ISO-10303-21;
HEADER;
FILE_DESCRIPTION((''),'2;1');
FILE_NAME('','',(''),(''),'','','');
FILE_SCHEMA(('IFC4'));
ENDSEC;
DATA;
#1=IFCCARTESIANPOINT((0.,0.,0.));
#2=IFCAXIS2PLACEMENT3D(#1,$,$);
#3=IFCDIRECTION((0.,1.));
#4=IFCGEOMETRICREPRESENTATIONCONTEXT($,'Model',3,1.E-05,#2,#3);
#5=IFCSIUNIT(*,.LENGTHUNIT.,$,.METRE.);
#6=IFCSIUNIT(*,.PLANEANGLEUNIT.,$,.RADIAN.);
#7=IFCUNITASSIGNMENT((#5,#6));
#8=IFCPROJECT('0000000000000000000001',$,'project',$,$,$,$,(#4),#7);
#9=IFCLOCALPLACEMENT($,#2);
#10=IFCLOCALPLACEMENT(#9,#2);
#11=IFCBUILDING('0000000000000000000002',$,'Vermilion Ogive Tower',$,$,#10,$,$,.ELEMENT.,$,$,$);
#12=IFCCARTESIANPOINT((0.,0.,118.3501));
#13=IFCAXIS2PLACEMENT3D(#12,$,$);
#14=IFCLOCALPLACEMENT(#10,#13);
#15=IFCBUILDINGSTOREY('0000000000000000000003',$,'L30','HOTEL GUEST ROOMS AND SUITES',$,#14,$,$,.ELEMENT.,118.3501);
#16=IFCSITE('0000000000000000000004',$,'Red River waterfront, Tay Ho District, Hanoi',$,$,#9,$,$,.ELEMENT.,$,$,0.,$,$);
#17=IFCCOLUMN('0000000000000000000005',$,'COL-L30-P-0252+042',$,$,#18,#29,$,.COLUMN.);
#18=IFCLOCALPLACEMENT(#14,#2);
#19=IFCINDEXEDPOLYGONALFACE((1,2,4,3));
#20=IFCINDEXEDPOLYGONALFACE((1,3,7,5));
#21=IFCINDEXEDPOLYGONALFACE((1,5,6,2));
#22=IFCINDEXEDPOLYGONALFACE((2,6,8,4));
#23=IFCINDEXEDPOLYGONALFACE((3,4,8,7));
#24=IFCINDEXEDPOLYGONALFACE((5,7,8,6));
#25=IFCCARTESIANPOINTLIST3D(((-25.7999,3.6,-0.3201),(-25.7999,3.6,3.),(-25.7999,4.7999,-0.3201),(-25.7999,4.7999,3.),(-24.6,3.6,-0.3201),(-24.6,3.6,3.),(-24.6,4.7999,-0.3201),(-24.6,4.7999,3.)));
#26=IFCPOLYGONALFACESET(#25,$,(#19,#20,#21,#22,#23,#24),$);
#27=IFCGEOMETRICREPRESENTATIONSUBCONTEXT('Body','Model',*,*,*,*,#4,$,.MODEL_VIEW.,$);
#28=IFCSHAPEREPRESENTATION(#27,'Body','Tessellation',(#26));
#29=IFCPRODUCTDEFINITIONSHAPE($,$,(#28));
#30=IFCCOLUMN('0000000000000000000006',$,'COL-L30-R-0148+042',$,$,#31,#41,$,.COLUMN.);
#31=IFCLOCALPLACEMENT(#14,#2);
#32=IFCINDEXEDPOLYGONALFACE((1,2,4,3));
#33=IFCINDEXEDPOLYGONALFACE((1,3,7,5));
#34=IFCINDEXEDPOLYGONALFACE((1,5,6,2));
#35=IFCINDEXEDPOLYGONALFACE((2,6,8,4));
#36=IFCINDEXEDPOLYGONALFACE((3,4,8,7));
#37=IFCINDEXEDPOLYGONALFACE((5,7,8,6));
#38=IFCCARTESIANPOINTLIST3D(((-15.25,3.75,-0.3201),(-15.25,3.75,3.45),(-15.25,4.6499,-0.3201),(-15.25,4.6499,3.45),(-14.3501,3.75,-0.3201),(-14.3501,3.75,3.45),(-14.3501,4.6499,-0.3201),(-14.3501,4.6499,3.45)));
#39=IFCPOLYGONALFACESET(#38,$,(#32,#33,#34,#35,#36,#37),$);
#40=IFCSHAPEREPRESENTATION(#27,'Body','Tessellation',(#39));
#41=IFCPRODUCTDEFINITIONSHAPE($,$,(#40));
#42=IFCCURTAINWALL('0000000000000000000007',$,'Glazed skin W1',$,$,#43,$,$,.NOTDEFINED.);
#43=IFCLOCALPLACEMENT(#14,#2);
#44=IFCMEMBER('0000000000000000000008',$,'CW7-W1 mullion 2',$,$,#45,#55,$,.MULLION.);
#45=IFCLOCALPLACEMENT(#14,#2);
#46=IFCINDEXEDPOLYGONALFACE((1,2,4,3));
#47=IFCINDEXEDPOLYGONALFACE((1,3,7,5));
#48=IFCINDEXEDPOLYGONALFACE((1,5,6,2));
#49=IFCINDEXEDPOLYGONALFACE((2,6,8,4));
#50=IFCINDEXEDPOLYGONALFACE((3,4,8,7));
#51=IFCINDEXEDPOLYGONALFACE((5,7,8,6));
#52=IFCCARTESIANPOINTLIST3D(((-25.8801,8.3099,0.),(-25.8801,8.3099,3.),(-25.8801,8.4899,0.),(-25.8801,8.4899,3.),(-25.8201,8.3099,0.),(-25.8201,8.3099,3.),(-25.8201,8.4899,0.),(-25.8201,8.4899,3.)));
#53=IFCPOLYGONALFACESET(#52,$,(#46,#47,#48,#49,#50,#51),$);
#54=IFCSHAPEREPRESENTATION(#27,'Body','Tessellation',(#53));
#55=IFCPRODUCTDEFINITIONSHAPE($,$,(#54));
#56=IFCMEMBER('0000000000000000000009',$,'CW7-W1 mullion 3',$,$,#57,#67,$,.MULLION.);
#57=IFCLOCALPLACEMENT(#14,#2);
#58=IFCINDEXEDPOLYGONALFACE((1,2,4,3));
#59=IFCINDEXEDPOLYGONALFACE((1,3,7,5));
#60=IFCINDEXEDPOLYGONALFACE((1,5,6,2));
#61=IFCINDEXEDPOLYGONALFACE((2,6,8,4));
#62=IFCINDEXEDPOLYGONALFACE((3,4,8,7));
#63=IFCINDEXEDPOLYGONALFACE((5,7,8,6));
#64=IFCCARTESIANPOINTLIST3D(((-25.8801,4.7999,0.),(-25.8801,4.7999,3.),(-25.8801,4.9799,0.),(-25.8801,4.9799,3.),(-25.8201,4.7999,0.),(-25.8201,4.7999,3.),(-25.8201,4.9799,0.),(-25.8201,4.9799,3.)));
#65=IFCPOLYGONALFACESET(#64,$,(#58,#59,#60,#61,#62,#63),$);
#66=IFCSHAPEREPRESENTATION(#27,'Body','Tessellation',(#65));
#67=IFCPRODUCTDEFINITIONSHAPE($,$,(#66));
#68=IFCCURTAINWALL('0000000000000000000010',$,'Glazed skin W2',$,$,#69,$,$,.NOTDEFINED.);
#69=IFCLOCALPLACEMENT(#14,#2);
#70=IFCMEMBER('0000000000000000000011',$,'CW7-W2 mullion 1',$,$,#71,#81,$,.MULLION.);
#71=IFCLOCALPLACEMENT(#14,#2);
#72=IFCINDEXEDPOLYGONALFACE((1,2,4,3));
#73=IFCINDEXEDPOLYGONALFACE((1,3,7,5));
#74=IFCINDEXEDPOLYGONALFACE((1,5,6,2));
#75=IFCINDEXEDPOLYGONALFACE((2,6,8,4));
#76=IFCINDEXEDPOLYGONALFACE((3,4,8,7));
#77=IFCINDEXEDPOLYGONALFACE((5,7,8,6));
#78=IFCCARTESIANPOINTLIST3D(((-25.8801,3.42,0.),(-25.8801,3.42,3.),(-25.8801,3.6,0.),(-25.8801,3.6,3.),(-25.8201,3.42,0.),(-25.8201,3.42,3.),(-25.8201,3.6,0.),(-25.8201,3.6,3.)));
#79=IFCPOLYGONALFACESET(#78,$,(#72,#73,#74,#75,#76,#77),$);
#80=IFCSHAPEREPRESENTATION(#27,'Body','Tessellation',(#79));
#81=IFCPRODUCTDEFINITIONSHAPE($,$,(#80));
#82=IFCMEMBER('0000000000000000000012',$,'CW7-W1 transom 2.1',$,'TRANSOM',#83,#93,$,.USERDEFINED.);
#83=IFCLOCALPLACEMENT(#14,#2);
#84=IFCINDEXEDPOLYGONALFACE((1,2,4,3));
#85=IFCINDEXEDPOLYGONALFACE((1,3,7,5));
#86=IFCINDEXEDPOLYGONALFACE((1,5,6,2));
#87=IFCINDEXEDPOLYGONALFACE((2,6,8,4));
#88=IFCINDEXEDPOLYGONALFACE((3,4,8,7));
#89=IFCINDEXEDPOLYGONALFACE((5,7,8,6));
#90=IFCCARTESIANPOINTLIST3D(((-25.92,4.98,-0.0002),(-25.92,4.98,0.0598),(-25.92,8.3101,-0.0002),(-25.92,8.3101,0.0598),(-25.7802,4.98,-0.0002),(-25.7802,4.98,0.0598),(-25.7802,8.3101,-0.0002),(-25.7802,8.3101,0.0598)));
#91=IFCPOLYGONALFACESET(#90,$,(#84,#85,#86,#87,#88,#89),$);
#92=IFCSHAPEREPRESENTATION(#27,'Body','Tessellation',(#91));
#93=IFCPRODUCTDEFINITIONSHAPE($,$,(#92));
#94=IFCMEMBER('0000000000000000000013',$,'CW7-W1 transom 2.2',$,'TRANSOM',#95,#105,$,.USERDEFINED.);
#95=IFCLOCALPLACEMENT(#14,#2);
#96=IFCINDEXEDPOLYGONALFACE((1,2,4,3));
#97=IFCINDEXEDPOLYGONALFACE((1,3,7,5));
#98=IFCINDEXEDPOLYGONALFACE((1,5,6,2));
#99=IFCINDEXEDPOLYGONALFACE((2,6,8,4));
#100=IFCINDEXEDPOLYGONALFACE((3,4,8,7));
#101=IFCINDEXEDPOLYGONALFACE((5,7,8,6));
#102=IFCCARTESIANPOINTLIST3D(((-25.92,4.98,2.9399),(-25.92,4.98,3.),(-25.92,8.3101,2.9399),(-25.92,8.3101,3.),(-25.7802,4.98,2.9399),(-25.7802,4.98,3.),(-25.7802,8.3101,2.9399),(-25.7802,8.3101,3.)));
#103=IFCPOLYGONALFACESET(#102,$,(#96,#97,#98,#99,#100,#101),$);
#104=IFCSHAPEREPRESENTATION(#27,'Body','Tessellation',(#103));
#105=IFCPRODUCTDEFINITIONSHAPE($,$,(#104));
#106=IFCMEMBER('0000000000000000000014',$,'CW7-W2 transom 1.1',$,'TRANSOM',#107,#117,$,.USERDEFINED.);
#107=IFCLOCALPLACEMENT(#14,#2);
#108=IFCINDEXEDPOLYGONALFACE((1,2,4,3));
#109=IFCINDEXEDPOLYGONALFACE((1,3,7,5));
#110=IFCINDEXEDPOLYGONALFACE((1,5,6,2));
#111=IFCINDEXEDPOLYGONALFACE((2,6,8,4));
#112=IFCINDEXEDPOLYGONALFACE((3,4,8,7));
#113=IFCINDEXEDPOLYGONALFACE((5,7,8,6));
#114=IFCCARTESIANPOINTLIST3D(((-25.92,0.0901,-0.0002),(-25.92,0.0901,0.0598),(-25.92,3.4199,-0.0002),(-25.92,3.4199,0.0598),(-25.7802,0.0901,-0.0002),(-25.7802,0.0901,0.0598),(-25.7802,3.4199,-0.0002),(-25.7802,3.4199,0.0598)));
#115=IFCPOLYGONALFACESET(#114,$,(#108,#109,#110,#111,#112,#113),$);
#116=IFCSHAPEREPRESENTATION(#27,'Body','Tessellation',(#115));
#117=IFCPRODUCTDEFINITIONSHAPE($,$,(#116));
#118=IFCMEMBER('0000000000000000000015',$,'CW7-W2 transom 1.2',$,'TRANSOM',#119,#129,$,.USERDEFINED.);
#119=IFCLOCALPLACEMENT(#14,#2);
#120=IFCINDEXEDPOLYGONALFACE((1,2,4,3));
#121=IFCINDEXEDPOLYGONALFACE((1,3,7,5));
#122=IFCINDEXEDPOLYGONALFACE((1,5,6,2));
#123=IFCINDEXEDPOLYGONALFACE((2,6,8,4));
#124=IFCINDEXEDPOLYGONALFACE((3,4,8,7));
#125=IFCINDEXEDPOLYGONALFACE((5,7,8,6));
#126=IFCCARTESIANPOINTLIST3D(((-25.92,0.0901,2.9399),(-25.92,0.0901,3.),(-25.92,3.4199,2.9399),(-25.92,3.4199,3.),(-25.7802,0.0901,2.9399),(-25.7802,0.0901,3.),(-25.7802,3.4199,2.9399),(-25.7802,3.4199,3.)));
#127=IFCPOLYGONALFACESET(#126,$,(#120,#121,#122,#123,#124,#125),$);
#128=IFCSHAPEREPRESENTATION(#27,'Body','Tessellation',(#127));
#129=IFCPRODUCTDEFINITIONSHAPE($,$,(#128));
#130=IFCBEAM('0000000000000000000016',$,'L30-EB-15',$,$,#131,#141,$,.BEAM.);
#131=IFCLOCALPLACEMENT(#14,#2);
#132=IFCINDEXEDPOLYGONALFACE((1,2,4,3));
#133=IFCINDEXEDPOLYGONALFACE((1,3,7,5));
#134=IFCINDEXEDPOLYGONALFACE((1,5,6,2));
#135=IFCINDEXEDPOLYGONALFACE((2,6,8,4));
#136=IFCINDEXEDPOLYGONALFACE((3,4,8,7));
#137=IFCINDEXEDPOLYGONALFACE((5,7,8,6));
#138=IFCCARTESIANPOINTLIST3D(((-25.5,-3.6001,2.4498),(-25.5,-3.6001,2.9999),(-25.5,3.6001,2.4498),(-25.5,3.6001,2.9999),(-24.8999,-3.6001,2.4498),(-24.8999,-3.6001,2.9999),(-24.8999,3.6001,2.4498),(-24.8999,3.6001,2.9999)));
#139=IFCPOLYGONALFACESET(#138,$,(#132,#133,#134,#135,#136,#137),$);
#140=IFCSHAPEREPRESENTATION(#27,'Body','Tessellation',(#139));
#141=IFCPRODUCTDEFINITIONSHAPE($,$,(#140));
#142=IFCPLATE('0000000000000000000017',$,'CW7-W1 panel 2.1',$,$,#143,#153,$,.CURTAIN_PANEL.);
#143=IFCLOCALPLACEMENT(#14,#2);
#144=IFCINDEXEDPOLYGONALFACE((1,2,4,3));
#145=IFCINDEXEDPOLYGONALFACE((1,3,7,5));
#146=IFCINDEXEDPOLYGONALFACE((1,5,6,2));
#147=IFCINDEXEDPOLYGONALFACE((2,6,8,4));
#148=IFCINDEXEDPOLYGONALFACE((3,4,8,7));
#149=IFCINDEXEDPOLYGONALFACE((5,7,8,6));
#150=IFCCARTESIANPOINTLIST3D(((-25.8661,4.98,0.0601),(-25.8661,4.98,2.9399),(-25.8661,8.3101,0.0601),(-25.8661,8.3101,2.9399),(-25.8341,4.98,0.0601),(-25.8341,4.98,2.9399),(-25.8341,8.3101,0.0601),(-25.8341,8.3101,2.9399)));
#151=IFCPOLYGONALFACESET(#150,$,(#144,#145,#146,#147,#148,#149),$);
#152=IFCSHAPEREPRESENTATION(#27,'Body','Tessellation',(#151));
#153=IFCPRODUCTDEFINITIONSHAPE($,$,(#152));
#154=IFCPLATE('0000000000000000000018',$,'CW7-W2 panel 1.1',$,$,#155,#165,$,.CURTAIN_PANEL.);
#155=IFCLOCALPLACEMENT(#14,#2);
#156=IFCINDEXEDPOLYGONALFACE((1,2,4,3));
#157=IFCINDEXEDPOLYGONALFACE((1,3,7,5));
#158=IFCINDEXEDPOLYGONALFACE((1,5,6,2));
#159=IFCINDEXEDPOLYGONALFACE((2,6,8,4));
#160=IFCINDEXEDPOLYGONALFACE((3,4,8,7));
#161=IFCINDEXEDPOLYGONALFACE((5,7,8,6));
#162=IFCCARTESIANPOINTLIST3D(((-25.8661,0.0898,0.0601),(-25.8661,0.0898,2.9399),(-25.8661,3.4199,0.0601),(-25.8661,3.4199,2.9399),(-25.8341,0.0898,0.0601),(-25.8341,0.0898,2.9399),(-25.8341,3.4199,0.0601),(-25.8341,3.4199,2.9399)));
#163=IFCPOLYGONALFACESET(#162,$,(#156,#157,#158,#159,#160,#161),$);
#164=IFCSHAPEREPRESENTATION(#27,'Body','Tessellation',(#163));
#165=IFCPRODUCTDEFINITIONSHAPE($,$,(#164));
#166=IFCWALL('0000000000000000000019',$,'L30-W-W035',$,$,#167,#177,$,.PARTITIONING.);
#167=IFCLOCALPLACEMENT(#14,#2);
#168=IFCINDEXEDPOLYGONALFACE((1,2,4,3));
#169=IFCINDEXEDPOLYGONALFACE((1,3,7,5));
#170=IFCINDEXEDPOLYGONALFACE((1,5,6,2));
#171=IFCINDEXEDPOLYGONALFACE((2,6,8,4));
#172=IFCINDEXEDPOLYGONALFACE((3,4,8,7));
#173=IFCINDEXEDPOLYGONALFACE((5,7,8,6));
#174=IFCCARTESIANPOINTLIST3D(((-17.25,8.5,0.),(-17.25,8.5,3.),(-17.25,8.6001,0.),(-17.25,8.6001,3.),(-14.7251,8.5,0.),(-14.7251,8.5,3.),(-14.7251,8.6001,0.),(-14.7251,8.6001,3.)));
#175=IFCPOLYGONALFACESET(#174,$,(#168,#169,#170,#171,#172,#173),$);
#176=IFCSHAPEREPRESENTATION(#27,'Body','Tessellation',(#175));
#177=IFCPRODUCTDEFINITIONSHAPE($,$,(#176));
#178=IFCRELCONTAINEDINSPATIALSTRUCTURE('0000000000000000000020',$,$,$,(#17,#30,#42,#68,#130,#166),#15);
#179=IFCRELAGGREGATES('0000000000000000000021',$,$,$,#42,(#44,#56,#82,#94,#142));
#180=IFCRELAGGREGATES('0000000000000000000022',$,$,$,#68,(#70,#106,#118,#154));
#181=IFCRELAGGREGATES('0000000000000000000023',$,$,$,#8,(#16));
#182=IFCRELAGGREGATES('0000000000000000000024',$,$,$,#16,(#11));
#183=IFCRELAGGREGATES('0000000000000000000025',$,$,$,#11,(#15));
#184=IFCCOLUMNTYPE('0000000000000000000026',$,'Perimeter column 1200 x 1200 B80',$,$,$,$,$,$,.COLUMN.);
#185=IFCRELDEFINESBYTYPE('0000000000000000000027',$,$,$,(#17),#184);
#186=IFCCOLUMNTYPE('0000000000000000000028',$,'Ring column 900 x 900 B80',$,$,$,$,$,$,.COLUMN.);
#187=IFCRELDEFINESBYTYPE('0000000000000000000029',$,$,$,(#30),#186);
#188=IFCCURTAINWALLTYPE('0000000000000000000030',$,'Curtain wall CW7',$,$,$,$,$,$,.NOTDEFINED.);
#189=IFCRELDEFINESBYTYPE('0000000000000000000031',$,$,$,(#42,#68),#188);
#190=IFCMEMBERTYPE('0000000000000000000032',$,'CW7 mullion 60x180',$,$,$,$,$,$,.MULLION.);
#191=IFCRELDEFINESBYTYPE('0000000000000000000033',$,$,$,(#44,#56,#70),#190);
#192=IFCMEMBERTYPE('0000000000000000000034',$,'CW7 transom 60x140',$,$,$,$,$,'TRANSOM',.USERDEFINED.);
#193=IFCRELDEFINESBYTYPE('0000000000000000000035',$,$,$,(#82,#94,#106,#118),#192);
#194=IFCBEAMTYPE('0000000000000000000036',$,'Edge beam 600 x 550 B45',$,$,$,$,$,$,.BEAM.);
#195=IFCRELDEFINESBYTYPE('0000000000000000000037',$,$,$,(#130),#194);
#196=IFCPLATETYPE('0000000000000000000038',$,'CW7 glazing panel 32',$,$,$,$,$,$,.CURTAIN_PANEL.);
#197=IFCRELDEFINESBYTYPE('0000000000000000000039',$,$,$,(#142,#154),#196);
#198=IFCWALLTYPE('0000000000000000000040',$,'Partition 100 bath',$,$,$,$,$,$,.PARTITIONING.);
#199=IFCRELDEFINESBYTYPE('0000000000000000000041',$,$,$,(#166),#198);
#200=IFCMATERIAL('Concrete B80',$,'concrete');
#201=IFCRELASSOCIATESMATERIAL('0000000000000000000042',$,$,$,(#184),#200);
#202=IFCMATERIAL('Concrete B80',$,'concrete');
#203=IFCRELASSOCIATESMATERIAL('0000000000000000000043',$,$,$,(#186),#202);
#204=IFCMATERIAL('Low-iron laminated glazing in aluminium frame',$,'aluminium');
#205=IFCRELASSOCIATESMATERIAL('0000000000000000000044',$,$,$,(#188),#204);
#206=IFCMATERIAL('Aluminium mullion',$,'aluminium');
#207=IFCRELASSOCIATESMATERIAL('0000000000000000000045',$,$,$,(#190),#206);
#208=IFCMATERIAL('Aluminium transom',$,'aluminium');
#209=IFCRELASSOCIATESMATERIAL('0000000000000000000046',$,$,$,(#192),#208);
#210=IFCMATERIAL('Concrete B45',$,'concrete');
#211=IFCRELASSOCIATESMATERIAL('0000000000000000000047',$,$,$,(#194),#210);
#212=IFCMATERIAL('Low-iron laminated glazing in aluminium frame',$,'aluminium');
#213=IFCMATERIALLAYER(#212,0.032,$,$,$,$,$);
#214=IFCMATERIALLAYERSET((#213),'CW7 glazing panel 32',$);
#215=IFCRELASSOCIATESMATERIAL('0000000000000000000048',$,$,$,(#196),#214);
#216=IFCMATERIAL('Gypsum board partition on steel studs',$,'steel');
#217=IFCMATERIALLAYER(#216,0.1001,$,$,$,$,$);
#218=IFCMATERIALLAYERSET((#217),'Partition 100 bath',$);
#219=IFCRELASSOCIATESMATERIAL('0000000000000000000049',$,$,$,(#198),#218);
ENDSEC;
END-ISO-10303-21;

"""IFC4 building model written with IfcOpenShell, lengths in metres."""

from ifc_helpers import new_model, si_unit, direction, frame, frame_2d, origin, origin_2d, place, context, subcontext, project, spatial, rectangle, extrude, material, layer, layer_set, material_profile, profile_set, type_object, element, aggregate, save


model = new_model("IFC4")

# Units and contexts
model_context = context("Model", 3, precision=1e-05, world=origin(), true_north=direction((0.0, 1.0)))
body_context = subcontext(model_context, "Body", "Model", "MODEL_VIEW")
ifc_project = project(units=[si_unit("LENGTHUNIT", "METRE"), si_unit("PLANEANGLEUNIT", "RADIAN")], contexts=[model_context])

# Site, building, storey
site_placement = place(None, origin())
site = spatial("IfcSite", under=ifc_project, at=site_placement, Name="Red River waterfront, Tay Ho District, Hanoi", CompositionType="ELEMENT", RefElevation=0.0)
building_placement = place(site_placement, origin())
building = spatial("IfcBuilding", under=site, at=building_placement, Name="Vermilion Ogive Tower", CompositionType="ELEMENT")
storey_placement = place(building_placement, frame((0.0, 0.0, 118.3501)))
storey = spatial("IfcBuildingStorey", under=building, at=storey_placement, Name="L30", Description="HOTEL GUEST ROOMS AND SUITES", CompositionType="ELEMENT", Elevation=118.3501)

# Columns
ifc_material_1 = material(Name="Concrete B80", Category="concrete")
ifc_material_profile_1 = material_profile(ifc_material_1, rectangle(XDim=1.2, YDim=1.2, at=origin_2d()), Name="1200 x 1200")
ifc_profile_set_1 = profile_set([ifc_material_profile_1], Name="Concrete B80")
column_type_1 = type_object("IfcColumnType", Name="Perimeter column 1200 x 1200 B80", PredefinedType="COLUMN", material=ifc_profile_set_1)
column_1_placement = place(storey_placement, frame((-25.2, 4.2, -0.3201), z_axis=(0.0, 0.0, 1.0), x_axis=(1.0, 0.0, 0.0)))
element("IfcColumn", 1, at=column_1_placement, inside=storey, type_object=column_type_1, Name="COL-L30-P-0252+042", PredefinedType="COLUMN", context=body_context, shape_type="SweptSolid", body=[
    extrude(rectangle(XDim=1.2, YDim=1.2, at=origin_2d()), origin(), (0.0, 0.0, 1.0), 3.3201),
])
ifc_material_2 = material(Name="Concrete B80", Category="concrete")
ifc_material_profile_2 = material_profile(ifc_material_2, rectangle(XDim=0.8999, YDim=0.8999, at=origin_2d()), Name="900 x 900")
ifc_profile_set_2 = profile_set([ifc_material_profile_2], Name="Concrete B80")
column_type_2 = type_object("IfcColumnType", Name="Ring column 900 x 900 B80", PredefinedType="COLUMN", material=ifc_profile_set_2)
column_2_placement = place(storey_placement, frame((-14.8, 4.2, -0.3201), z_axis=(0.0, 0.0, 1.0), x_axis=(1.0, 0.0, 0.0)))
element("IfcColumn", 2, at=column_2_placement, inside=storey, type_object=column_type_2, Name="COL-L30-R-0148+042", PredefinedType="COLUMN", context=body_context, shape_type="SweptSolid", body=[
    extrude(rectangle(XDim=0.8999, YDim=0.8999, at=origin_2d()), origin(), (0.0, 0.0, 1.0), 3.77),
])

# Curtain wall, members
ifc_material_3 = material(Name="Low-iron laminated glazing in aluminium frame", Category="aluminium")
curtain_wall_type = type_object("IfcCurtainWallType", Name="Curtain wall CW7", PredefinedType="NOTDEFINED", material=ifc_material_3)
curtain_wall_1_placement = place(storey_placement, origin())
curtain_wall_1 = element("IfcCurtainWall", 3, at=curtain_wall_1_placement, inside=storey, type_object=curtain_wall_type, Name="Glazed skin W1", PredefinedType="NOTDEFINED")
ifc_material_4 = material(Name="Aluminium mullion", Category="aluminium")
ifc_material_profile_3 = material_profile(ifc_material_4, rectangle(XDim=0.0601, YDim=0.1799, at=origin_2d()), Name="AL 60x180")
ifc_profile_set_3 = profile_set([ifc_material_profile_3], Name="Aluminium mullion")
member_type_1 = type_object("IfcMemberType", Name="CW7 mullion 60x180", PredefinedType="MULLION", material=ifc_profile_set_3)
member_1_placement = place(storey_placement, frame((-25.8501, 8.3999, 0.0), z_axis=(0.0, 0.0, 1.0), x_axis=(1.0, 0.0, 0.0)))
member_1 = element("IfcMember", 4, at=member_1_placement, type_object=member_type_1, Name="CW7-W1 mullion 2", PredefinedType="MULLION", context=body_context, shape_type="SweptSolid", body=[
    extrude(rectangle(XDim=0.0601, YDim=0.1799, at=origin_2d()), origin(), (0.0, 0.0, 1.0), 3.0),
])
member_2_placement = place(storey_placement, frame((-25.8501, 4.8899, 0.0), z_axis=(0.0, 0.0, 1.0), x_axis=(1.0, 0.0, 0.0)))
member_2 = element("IfcMember", 5, at=member_2_placement, type_object=member_type_1, Name="CW7-W1 mullion 3", PredefinedType="MULLION", context=body_context, shape_type="SweptSolid", body=[
    extrude(rectangle(XDim=0.0601, YDim=0.1799, at=origin_2d()), origin(), (0.0, 0.0, 1.0), 3.0),
])

# Curtain wall, member
curtain_wall_2_placement = place(storey_placement, origin())
curtain_wall_2 = element("IfcCurtainWall", 6, at=curtain_wall_2_placement, inside=storey, type_object=curtain_wall_type, Name="Glazed skin W2", PredefinedType="NOTDEFINED")
member_3_placement = place(storey_placement, frame((-25.8501, 3.51, 0.0), z_axis=(0.0, 0.0, 1.0), x_axis=(1.0, 0.0, 0.0)))
member_3 = element("IfcMember", 7, at=member_3_placement, type_object=member_type_1, Name="CW7-W2 mullion 1", PredefinedType="MULLION", context=body_context, shape_type="SweptSolid", body=[
    extrude(rectangle(XDim=0.0601, YDim=0.1799, at=origin_2d()), origin(), (0.0, 0.0, 1.0), 3.0),
])

# Members
ifc_material_5 = material(Name="Aluminium transom", Category="aluminium")
ifc_material_profile_4 = material_profile(ifc_material_5, rectangle(XDim=0.1399, YDim=0.0601, at=origin_2d()), Name="AL 60x140")
ifc_profile_set_4 = profile_set([ifc_material_profile_4], Name="Aluminium transom")
member_type_2 = type_object("IfcMemberType", Name="CW7 transom 60x140", ElementType="TRANSOM", PredefinedType="USERDEFINED", material=ifc_profile_set_4)
member_4_placement = place(storey_placement, frame((-25.8501, 8.3101, 0.0298), z_axis=(0.0, -1.0, 0.0), x_axis=(1.0, 0.0, 0.0)))
member_4 = element("IfcMember", 8, at=member_4_placement, type_object=member_type_2, Name="CW7-W1 transom 2.1", ObjectType="TRANSOM", PredefinedType="USERDEFINED", context=body_context, shape_type="SweptSolid", body=[
    extrude(rectangle(XDim=0.1399, YDim=0.0601, at=origin_2d()), origin(), (0.0, 0.0, 1.0), 3.3301),
])
member_5_placement = place(storey_placement, frame((-25.8501, 8.3101, 2.97), z_axis=(0.0, -1.0, 0.0), x_axis=(1.0, 0.0, 0.0)))
member_5 = element("IfcMember", 9, at=member_5_placement, type_object=member_type_2, Name="CW7-W1 transom 2.2", ObjectType="TRANSOM", PredefinedType="USERDEFINED", context=body_context, shape_type="SweptSolid", body=[
    extrude(rectangle(XDim=0.1399, YDim=0.0601, at=origin_2d()), origin(), (0.0, 0.0, 1.0), 3.3301),
])
member_6_placement = place(storey_placement, frame((-25.8501, 3.4199, 0.0298), z_axis=(0.0, -1.0, 0.0), x_axis=(1.0, 0.0, 0.0)))
member_6 = element("IfcMember", 10, at=member_6_placement, type_object=member_type_2, Name="CW7-W2 transom 1.1", ObjectType="TRANSOM", PredefinedType="USERDEFINED", context=body_context, shape_type="SweptSolid", body=[
    extrude(rectangle(XDim=0.1399, YDim=0.0601, at=origin_2d()), origin(), (0.0, 0.0, 1.0), 3.3298),
])
member_7_placement = place(storey_placement, frame((-25.8501, 3.4199, 2.97), z_axis=(0.0, -1.0, 0.0), x_axis=(1.0, 0.0, 0.0)))
member_7 = element("IfcMember", 11, at=member_7_placement, type_object=member_type_2, Name="CW7-W2 transom 1.2", ObjectType="TRANSOM", PredefinedType="USERDEFINED", context=body_context, shape_type="SweptSolid", body=[
    extrude(rectangle(XDim=0.1399, YDim=0.0601, at=origin_2d()), origin(), (0.0, 0.0, 1.0), 3.3298),
])

# Beam
ifc_material_6 = material(Name="Concrete B45", Category="concrete")
ifc_material_profile_5 = material_profile(ifc_material_6, rectangle(XDim=0.6001, YDim=0.55, at=origin_2d()), Name="600 x 550")
ifc_profile_set_5 = profile_set([ifc_material_profile_5], Name="Concrete B45")
beam_type = type_object("IfcBeamType", Name="Edge beam 600 x 550 B45", PredefinedType="BEAM", material=ifc_profile_set_5)
beam_placement = place(storey_placement, frame((-25.2, 3.6001, 2.7249), z_axis=(0.0, -1.0, 0.0), x_axis=(1.0, 0.0, 0.0)))
element("IfcBeam", 12, at=beam_placement, inside=storey, type_object=beam_type, Name="L30-EB-15", PredefinedType="BEAM", context=body_context, shape_type="SweptSolid", body=[
    extrude(rectangle(XDim=0.6001, YDim=0.55, at=origin_2d()), origin(), (0.0, 0.0, 1.0), 7.2002),
])

# Plates
ifc_material_7 = material(Name="Low-iron laminated glazing in aluminium frame", Category="aluminium")
ifc_layer_1 = layer(ifc_material_7, 0.032)
ifc_layer_set_1 = layer_set([ifc_layer_1], Name="CW7 glazing panel 32")
plate_type = type_object("IfcPlateType", Name="CW7 glazing panel 32", PredefinedType="CURTAIN_PANEL", material=ifc_layer_set_1)
plate_1_placement = place(storey_placement, frame((-25.8501, 6.645, 0.0601), z_axis=(0.0, 0.0, 1.0), x_axis=(0.0, -1.0, 0.0)))
plate_1 = element("IfcPlate", 13, at=plate_1_placement, type_object=plate_type, Name="CW7-W1 panel 2.1", PredefinedType="CURTAIN_PANEL", context=body_context, shape_type="SweptSolid", body=[
    extrude(rectangle(XDim=3.3301, YDim=0.032, at=origin_2d()), origin(), (0.0, 0.0, 1.0), 2.8799),
])
aggregate(curtain_wall_1, [member_1, member_2, member_4, member_5, plate_1])
plate_2_placement = place(storey_placement, frame((-25.8501, 1.7549, 0.0601), z_axis=(0.0, 0.0, 1.0), x_axis=(0.0, -1.0, 0.0)))
plate_2 = element("IfcPlate", 14, at=plate_2_placement, type_object=plate_type, Name="CW7-W2 panel 1.1", PredefinedType="CURTAIN_PANEL", context=body_context, shape_type="SweptSolid", body=[
    extrude(rectangle(XDim=3.3301, YDim=0.032, at=origin_2d()), origin(), (0.0, 0.0, 1.0), 2.8799),
])
aggregate(curtain_wall_2, [member_3, member_6, member_7, plate_2])

# Wall
ifc_material_8 = material(Name="Gypsum board partition on steel studs", Category="steel")
ifc_layer_2 = layer(ifc_material_8, 0.1001)
ifc_layer_set_2 = layer_set([ifc_layer_2], Name="Partition 100 bath")
wall_type_1 = type_object("IfcWallType", Name="Partition 100 bath", PredefinedType="PARTITIONING", material=ifc_layer_set_2)
wall_1_placement = place(storey_placement, frame((-17.25, 8.55, 0.0), z_axis=(0.0, 0.0, 1.0), x_axis=(1.0, 0.0, 0.0)))
element("IfcWall", 15, at=wall_1_placement, inside=storey, type_object=wall_type_1, Name="L30-W-W035", PredefinedType="PARTITIONING", context=body_context, shape_type="SweptSolid", body=[
    extrude(rectangle(XDim=2.5249, YDim=0.1001, at=frame_2d((1.2625, 0.0))), origin(), (0.0, 0.0, 1.0), 3.0),
])

save(model, "model.ifc")
